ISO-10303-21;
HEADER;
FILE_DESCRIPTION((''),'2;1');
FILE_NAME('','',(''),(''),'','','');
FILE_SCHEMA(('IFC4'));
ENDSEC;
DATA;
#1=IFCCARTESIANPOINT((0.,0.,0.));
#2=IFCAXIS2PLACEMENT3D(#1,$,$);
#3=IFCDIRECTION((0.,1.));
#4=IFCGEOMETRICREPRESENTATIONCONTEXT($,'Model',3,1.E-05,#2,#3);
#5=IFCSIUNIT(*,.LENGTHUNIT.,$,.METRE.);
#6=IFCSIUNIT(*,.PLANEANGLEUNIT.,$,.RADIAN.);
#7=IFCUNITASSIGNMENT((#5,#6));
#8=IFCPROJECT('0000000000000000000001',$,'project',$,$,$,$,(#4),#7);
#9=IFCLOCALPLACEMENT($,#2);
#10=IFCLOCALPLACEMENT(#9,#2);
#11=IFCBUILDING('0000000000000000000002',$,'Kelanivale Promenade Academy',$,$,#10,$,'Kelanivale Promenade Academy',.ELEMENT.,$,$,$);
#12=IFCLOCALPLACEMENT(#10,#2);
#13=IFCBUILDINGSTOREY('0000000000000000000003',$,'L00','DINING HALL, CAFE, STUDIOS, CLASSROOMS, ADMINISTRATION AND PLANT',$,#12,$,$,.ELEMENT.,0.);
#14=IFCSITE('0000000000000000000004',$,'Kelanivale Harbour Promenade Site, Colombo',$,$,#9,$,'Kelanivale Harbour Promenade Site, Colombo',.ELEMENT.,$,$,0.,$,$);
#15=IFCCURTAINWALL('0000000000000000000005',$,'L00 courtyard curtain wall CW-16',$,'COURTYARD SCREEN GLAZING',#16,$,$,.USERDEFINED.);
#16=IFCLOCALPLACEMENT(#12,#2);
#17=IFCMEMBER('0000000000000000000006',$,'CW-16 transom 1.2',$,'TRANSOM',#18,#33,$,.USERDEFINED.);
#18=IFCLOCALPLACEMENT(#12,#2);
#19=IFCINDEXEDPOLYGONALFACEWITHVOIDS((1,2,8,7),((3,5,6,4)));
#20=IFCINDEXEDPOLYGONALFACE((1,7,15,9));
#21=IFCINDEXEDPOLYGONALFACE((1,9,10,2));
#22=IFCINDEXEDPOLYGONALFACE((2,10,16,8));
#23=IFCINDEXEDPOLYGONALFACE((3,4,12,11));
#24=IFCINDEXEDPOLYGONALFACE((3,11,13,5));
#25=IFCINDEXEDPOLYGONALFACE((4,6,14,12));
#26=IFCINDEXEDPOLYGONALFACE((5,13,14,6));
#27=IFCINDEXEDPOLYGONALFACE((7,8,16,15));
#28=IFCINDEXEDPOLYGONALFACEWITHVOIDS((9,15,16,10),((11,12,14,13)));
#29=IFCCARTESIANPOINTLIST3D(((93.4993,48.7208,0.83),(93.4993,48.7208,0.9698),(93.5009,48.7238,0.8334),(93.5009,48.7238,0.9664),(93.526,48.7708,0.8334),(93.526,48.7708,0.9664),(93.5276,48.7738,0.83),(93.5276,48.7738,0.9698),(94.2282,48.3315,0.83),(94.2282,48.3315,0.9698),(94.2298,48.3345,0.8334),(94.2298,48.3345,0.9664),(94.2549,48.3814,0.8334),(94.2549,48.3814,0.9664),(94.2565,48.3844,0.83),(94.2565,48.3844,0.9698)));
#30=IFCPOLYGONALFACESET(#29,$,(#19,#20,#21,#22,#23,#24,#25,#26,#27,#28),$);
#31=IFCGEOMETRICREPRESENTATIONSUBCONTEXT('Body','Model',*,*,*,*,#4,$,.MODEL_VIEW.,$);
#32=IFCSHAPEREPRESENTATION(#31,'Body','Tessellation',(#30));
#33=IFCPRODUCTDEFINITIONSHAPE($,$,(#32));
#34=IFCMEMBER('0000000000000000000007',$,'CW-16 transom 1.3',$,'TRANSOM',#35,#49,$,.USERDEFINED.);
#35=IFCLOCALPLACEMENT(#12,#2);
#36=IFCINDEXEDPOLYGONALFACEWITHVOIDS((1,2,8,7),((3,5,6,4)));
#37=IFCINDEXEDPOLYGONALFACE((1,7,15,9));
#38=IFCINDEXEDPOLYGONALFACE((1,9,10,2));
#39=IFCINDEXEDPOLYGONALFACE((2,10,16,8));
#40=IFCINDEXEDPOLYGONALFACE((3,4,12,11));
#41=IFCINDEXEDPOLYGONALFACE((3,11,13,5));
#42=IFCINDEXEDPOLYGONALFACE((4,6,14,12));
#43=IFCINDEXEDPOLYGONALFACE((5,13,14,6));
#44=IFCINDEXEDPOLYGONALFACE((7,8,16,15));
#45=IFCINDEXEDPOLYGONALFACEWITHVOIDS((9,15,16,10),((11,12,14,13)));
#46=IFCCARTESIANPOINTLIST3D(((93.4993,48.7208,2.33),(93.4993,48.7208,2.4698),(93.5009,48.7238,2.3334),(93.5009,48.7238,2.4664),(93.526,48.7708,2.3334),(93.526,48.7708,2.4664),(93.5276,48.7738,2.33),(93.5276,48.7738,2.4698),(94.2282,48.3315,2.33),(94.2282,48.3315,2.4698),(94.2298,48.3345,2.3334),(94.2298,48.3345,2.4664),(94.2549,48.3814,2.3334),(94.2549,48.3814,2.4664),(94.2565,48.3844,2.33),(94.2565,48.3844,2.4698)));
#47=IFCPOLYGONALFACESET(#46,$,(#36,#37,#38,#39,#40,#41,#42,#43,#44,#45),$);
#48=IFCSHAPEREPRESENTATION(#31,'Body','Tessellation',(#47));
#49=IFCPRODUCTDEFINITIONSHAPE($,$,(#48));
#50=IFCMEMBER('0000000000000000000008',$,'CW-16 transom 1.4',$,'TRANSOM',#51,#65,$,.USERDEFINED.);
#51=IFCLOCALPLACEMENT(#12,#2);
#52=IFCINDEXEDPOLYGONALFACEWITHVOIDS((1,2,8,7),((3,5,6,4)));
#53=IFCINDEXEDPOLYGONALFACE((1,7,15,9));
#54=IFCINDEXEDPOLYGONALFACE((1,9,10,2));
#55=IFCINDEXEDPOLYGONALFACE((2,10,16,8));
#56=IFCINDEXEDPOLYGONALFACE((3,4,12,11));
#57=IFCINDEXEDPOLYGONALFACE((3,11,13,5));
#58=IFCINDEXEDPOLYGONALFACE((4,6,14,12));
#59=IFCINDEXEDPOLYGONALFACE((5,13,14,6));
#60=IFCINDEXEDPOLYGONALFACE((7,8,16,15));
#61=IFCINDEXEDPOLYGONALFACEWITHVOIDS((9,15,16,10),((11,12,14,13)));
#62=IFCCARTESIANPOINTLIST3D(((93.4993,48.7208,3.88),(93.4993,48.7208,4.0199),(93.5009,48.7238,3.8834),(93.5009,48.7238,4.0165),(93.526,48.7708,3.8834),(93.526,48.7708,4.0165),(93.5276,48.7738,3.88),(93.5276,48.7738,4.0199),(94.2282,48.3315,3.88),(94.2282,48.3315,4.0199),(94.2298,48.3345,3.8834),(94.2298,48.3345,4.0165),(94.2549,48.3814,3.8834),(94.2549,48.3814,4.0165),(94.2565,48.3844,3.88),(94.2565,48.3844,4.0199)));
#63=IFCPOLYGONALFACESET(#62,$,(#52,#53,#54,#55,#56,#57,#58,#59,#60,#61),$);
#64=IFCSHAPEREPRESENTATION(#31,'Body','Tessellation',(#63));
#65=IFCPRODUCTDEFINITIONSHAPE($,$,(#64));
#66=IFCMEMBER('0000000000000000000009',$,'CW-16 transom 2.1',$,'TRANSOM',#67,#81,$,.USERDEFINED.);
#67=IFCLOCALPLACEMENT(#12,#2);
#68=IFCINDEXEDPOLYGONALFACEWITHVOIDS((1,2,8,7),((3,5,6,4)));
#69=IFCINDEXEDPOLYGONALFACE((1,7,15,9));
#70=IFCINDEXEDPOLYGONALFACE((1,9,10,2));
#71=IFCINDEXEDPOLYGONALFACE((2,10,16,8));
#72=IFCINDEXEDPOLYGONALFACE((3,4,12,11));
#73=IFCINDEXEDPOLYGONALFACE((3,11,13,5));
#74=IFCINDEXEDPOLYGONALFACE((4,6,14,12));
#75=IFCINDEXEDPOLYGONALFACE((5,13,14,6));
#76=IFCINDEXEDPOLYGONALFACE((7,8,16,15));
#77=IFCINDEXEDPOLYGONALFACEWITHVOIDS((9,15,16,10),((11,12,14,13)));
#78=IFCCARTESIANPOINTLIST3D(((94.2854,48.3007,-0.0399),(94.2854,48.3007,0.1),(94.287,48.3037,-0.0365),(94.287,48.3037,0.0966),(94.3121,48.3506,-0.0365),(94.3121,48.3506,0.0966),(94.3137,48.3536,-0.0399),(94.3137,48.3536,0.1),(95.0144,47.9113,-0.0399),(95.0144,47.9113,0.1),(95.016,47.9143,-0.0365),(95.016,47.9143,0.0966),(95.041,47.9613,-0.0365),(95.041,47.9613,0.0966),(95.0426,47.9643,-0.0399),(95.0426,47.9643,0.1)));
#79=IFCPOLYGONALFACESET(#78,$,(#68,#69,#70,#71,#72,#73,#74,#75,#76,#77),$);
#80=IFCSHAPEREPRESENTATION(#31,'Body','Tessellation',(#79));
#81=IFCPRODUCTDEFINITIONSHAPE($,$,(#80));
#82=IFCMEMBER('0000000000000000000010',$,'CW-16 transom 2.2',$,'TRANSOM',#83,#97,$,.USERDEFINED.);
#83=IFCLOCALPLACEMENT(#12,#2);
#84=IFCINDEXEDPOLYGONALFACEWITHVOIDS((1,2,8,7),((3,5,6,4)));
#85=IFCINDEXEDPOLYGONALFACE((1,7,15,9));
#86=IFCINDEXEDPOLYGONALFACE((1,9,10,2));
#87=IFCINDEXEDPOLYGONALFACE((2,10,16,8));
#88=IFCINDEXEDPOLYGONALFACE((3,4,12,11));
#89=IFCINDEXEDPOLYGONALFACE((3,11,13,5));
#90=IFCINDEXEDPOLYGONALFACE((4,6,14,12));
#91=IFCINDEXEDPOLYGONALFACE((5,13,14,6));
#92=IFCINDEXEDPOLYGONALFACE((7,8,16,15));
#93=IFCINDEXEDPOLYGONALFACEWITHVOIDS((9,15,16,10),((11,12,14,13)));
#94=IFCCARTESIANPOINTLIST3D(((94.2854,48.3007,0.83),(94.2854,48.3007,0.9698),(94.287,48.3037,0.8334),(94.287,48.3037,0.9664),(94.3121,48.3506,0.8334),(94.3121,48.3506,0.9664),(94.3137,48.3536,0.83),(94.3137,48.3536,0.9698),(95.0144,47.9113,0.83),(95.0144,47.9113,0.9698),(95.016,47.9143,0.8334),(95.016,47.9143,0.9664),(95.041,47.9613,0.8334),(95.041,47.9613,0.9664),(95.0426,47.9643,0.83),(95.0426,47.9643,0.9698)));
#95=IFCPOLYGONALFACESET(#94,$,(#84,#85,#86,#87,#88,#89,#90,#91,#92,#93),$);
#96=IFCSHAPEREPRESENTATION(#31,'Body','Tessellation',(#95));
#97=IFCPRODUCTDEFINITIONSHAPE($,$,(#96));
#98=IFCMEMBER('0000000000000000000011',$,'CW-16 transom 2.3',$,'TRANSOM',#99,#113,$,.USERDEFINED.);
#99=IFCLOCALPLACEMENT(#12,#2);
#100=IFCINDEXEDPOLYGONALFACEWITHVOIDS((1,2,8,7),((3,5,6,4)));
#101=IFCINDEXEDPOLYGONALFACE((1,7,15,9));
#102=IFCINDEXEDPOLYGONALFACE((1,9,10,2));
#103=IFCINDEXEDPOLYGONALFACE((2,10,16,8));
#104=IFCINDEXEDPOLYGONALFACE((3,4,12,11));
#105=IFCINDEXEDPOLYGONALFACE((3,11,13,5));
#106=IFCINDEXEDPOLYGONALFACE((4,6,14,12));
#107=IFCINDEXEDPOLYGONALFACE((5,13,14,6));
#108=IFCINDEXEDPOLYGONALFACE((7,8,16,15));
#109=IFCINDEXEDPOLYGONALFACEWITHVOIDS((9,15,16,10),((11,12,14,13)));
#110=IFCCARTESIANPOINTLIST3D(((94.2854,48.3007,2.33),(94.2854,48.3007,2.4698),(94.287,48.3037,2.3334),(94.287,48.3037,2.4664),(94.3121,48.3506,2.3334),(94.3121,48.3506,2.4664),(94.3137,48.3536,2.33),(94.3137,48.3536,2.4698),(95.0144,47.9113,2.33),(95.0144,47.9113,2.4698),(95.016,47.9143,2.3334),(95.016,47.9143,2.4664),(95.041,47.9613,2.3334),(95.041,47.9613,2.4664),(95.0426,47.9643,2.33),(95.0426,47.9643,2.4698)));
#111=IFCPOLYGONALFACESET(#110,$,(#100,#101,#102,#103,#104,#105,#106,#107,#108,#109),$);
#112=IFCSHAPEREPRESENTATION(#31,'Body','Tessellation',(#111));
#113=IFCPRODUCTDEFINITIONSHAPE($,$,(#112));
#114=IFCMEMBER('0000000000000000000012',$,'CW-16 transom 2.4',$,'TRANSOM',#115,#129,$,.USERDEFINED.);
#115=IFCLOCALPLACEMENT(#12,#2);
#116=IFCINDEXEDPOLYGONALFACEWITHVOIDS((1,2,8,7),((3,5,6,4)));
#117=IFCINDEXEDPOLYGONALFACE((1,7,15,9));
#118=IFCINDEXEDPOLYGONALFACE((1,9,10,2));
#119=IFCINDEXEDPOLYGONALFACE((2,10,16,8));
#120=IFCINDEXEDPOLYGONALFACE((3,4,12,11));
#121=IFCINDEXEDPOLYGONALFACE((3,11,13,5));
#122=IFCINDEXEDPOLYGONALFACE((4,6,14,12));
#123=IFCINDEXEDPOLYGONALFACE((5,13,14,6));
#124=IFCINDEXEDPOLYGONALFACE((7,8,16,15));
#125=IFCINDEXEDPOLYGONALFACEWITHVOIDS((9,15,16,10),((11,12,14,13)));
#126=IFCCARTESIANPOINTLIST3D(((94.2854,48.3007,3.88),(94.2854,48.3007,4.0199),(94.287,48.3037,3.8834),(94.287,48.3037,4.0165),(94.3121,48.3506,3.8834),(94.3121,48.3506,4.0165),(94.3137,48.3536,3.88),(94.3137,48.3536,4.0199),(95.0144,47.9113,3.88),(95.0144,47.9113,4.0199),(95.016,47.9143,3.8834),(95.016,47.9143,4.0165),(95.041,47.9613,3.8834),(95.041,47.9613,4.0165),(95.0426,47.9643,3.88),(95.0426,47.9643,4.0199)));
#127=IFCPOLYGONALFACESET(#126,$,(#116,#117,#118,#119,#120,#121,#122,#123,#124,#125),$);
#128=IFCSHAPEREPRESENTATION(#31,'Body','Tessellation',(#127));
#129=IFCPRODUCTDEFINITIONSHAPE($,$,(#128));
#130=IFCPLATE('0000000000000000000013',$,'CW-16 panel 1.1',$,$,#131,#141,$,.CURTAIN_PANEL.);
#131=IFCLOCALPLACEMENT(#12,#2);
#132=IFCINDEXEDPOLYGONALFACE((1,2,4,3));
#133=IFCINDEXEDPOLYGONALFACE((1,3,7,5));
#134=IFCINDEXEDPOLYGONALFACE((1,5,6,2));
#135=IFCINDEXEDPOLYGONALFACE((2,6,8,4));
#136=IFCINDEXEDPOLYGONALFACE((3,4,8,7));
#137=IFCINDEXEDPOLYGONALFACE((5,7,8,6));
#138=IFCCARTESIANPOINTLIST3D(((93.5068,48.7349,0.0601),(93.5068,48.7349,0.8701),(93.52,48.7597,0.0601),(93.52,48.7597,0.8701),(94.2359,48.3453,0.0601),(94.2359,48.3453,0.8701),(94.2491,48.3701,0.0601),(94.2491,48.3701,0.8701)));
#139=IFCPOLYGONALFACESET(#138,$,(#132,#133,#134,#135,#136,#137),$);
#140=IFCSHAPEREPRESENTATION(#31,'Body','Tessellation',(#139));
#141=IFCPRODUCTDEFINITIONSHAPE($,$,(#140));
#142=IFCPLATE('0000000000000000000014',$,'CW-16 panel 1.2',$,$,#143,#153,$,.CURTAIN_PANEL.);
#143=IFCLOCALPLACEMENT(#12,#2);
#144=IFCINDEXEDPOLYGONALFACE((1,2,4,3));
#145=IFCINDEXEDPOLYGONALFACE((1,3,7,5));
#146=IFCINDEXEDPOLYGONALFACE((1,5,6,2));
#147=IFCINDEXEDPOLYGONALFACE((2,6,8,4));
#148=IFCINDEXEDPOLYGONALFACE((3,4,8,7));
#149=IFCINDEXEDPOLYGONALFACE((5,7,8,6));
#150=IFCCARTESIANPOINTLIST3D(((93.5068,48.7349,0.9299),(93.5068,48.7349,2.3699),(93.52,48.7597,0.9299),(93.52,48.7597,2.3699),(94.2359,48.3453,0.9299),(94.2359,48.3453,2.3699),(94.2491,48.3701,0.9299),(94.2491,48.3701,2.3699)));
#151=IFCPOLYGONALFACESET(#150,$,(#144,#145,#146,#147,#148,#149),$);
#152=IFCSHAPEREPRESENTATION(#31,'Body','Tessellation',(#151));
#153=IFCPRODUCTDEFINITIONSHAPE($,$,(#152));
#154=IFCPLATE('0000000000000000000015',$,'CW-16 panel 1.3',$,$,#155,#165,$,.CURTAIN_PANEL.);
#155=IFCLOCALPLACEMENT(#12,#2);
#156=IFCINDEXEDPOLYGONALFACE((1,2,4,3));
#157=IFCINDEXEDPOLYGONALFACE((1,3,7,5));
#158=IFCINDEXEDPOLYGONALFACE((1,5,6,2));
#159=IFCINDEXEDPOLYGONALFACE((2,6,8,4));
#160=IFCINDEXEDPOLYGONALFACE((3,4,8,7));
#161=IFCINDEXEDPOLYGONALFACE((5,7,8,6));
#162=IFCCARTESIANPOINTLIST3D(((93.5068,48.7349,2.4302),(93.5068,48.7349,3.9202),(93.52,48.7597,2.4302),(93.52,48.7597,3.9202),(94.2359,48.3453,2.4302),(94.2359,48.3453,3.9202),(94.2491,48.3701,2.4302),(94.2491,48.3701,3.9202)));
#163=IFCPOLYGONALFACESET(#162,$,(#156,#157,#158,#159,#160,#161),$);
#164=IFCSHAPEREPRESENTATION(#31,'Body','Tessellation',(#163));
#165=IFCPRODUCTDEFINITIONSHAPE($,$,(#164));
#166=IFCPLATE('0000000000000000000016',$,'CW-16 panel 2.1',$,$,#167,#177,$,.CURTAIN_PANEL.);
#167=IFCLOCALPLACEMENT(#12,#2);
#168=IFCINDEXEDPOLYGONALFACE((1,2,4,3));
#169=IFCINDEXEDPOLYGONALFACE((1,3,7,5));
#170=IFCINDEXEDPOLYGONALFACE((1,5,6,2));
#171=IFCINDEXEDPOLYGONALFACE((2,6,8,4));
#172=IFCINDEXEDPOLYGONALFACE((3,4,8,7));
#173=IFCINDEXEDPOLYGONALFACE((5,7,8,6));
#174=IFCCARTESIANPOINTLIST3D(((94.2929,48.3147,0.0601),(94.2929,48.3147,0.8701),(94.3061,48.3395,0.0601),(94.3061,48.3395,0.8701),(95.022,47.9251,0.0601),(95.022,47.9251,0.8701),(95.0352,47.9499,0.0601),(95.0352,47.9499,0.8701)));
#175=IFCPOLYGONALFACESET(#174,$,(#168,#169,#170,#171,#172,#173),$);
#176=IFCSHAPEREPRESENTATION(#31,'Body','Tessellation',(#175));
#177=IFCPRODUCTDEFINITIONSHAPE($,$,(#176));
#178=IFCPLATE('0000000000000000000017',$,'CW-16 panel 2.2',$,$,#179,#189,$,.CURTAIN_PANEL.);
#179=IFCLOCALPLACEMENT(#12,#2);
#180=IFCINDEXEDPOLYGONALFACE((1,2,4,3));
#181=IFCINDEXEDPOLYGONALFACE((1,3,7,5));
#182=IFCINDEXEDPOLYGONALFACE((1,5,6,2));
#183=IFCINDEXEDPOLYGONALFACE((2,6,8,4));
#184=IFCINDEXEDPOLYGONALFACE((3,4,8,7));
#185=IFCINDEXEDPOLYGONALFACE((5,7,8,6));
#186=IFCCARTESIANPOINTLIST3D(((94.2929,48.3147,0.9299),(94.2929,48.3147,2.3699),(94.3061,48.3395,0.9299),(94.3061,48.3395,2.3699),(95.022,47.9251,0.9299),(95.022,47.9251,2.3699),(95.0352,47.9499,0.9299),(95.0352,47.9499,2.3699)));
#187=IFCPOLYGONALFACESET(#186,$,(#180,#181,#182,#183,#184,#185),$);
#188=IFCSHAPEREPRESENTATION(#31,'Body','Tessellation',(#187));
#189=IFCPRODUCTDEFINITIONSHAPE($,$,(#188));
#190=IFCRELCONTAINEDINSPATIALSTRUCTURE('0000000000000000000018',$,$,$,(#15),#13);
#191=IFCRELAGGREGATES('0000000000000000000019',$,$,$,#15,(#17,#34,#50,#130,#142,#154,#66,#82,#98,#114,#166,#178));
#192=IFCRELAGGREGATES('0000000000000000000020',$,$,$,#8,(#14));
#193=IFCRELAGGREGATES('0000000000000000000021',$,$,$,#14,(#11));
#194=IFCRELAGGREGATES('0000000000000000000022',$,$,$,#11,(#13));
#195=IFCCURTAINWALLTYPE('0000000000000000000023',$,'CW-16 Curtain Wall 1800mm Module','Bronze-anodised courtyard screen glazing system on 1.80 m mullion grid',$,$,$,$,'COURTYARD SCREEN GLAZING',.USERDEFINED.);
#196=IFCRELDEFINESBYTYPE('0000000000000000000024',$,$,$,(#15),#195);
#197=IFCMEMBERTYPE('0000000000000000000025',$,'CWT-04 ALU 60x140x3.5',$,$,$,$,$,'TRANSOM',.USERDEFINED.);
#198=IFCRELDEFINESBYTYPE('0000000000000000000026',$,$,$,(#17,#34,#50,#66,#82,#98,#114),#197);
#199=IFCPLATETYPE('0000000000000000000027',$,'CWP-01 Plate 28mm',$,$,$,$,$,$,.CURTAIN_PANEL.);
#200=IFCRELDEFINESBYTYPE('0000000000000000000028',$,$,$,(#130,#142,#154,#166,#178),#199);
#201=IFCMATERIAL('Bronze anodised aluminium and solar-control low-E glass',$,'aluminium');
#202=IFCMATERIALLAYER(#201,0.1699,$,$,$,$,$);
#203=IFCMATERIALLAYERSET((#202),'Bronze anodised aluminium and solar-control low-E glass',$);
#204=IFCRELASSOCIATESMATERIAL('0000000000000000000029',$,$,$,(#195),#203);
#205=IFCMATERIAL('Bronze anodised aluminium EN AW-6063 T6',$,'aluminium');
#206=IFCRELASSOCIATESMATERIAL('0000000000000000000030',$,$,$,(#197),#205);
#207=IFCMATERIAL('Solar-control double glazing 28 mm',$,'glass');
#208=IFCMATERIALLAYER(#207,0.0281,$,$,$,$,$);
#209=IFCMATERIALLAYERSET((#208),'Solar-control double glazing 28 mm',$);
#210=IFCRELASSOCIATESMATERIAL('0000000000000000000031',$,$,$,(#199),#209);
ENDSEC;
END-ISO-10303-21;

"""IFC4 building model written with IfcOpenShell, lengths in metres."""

from ifc_helpers import new_model, si_unit, direction, frame, origin, origin_2d, place, context, subcontext, project, spatial, rectangle, hollow_rectangle, extrude, material, layer, layer_set, material_profile, profile_set, type_object, element, aggregate, save


model = new_model("IFC4")

# Units and contexts
model_context = context("Model", 3, precision=1e-05, world=origin(), true_north=direction((0.0, 1.0)))
body_context = subcontext(model_context, "Body", "Model", "MODEL_VIEW")
ifc_project = project(units=[si_unit("LENGTHUNIT", "METRE"), si_unit("PLANEANGLEUNIT", "RADIAN")], contexts=[model_context])

# Site, building, storey
site_placement = place(None, origin())
site = spatial("IfcSite", under=ifc_project, at=site_placement, Name="Kelanivale Harbour Promenade Site, Colombo", LongName="Kelanivale Harbour Promenade Site, Colombo", CompositionType="ELEMENT", RefElevation=0.0)
building_placement = place(site_placement, origin())
building = spatial("IfcBuilding", under=site, at=building_placement, Name="Kelanivale Promenade Academy", LongName="Kelanivale Promenade Academy", CompositionType="ELEMENT")
storey_placement = place(building_placement, origin())
storey = spatial("IfcBuildingStorey", under=building, at=storey_placement, Name="L00", Description="DINING HALL, CAFE, STUDIOS, CLASSROOMS, ADMINISTRATION AND PLANT", CompositionType="ELEMENT", Elevation=0.0)

# Shared definitions
ifc_material_1 = material(Name="Bronze anodised aluminium and solar-control low-E glass", Category="aluminium")
ifc_material_2 = material(Name="Bronze anodised aluminium EN AW-6063 T6", Category="aluminium")

# Curtain wall, members, plates
ifc_layer_1 = layer(ifc_material_1, 0.1699)
ifc_layer_set_1 = layer_set([ifc_layer_1], Name="Bronze anodised aluminium and solar-control low-E glass")
curtain_wall_type_1 = type_object("IfcCurtainWallType", Name="CW-16 Curtain Wall 1800mm Module", Description="Bronze-anodised courtyard screen glazing system on 1.80 m mullion grid", ElementType="COURTYARD SCREEN GLAZING", PredefinedType="USERDEFINED", material=ifc_layer_set_1)
curtain_wall_1_placement = place(storey_placement, origin())
curtain_wall_1 = element("IfcCurtainWall", 1, at=curtain_wall_1_placement, inside=storey, type_object=curtain_wall_type_1, Name="L00 courtyard curtain wall CW-16", ObjectType="COURTYARD SCREEN GLAZING", PredefinedType="USERDEFINED")
ifc_material_profile_1 = material_profile(ifc_material_2, hollow_rectangle(XDim=0.0601, YDim=0.1399, WallThickness=0.0034, at=origin_2d()), Name="ALU 60x140x3.5")
ifc_profile_set_1 = profile_set([ifc_material_profile_1], Name="Bronze anodised aluminium EN AW-6063 T6")
member_type_1 = type_object("IfcMemberType", Name="CWT-04 ALU 60x140x3.5", ElementType="TRANSOM", PredefinedType="USERDEFINED", material=ifc_profile_set_1)
member_1_placement = place(storey_placement, frame((93.5134, 48.7473, 0.8999), z_axis=(0.88205, -0.471155, 0.0), x_axis=(0.471155, 0.88205, 0.0)))
member_1 = element("IfcMember", 2, at=member_1_placement, type_object=member_type_1, Name="CW-16 transom 1.2", ObjectType="TRANSOM", PredefinedType="USERDEFINED", context=body_context, shape_type="SweptSolid", body=[
    extrude(hollow_rectangle(XDim=0.0601, YDim=0.1399, WallThickness=0.0034, at=origin_2d()), origin(), (0.0, 0.0, 1.0), 0.8264),
])
member_2_placement = place(storey_placement, frame((93.5134, 48.7473, 2.3999), z_axis=(0.88205, -0.471155, 0.0), x_axis=(0.471155, 0.88205, 0.0)))
member_2 = element("IfcMember", 3, at=member_2_placement, type_object=member_type_1, Name="CW-16 transom 1.3", ObjectType="TRANSOM", PredefinedType="USERDEFINED", context=body_context, shape_type="SweptSolid", body=[
    extrude(hollow_rectangle(XDim=0.0601, YDim=0.1399, WallThickness=0.0034, at=origin_2d()), origin(), (0.0, 0.0, 1.0), 0.8264),
])
member_3_placement = place(storey_placement, frame((93.5134, 48.7473, 3.95), z_axis=(0.88205, -0.471155, 0.0), x_axis=(0.471155, 0.88205, 0.0)))
member_3 = element("IfcMember", 4, at=member_3_placement, type_object=member_type_1, Name="CW-16 transom 1.4", ObjectType="TRANSOM", PredefinedType="USERDEFINED", context=body_context, shape_type="SweptSolid", body=[
    extrude(hollow_rectangle(XDim=0.0601, YDim=0.1399, WallThickness=0.0034, at=origin_2d()), origin(), (0.0, 0.0, 1.0), 0.8264),
])
member_4_placement = place(storey_placement, frame((94.2996, 48.3271, 0.03), z_axis=(0.88205, -0.471155, 0.0), x_axis=(0.471155, 0.88205, 0.0)))
member_4 = element("IfcMember", 5, at=member_4_placement, type_object=member_type_1, Name="CW-16 transom 2.1", ObjectType="TRANSOM", PredefinedType="USERDEFINED", context=body_context, shape_type="SweptSolid", body=[
    extrude(hollow_rectangle(XDim=0.0601, YDim=0.1399, WallThickness=0.0034, at=origin_2d()), origin(), (0.0, 0.0, 1.0), 0.8264),
])
member_5_placement = place(storey_placement, frame((94.2996, 48.3271, 0.8999), z_axis=(0.88205, -0.471155, 0.0), x_axis=(0.471155, 0.88205, 0.0)))
member_5 = element("IfcMember", 6, at=member_5_placement, type_object=member_type_1, Name="CW-16 transom 2.2", ObjectType="TRANSOM", PredefinedType="USERDEFINED", context=body_context, shape_type="SweptSolid", body=[
    extrude(hollow_rectangle(XDim=0.0601, YDim=0.1399, WallThickness=0.0034, at=origin_2d()), origin(), (0.0, 0.0, 1.0), 0.8264),
])
member_6_placement = place(storey_placement, frame((94.2996, 48.3271, 2.3999), z_axis=(0.88205, -0.471155, 0.0), x_axis=(0.471155, 0.88205, 0.0)))
member_6 = element("IfcMember", 7, at=member_6_placement, type_object=member_type_1, Name="CW-16 transom 2.3", ObjectType="TRANSOM", PredefinedType="USERDEFINED", context=body_context, shape_type="SweptSolid", body=[
    extrude(hollow_rectangle(XDim=0.0601, YDim=0.1399, WallThickness=0.0034, at=origin_2d()), origin(), (0.0, 0.0, 1.0), 0.8264),
])
member_7_placement = place(storey_placement, frame((94.2996, 48.3271, 3.95), z_axis=(0.88205, -0.471155, 0.0), x_axis=(0.471155, 0.88205, 0.0)))
member_7 = element("IfcMember", 8, at=member_7_placement, type_object=member_type_1, Name="CW-16 transom 2.4", ObjectType="TRANSOM", PredefinedType="USERDEFINED", context=body_context, shape_type="SweptSolid", body=[
    extrude(hollow_rectangle(XDim=0.0601, YDim=0.1399, WallThickness=0.0034, at=origin_2d()), origin(), (0.0, 0.0, 1.0), 0.8264),
])
ifc_material_3 = material(Name="Solar-control double glazing 28 mm", Category="glass")
ifc_layer_2 = layer(ifc_material_3, 0.0281)
ifc_layer_set_2 = layer_set([ifc_layer_2], Name="Solar-control double glazing 28 mm")
plate_type = type_object("IfcPlateType", Name="CWP-01 Plate 28mm", PredefinedType="CURTAIN_PANEL", material=ifc_layer_set_2)
plate_1_placement = place(storey_placement, frame((93.8779, 48.5525, 0.0601), z_axis=(0.0, 0.0, 1.0), x_axis=(0.881978, -0.47129, 0.0)))
plate_1 = element("IfcPlate", 9, at=plate_1_placement, type_object=plate_type, Name="CW-16 panel 1.1", PredefinedType="CURTAIN_PANEL", context=body_context, shape_type="SweptSolid", body=[
    extrude(rectangle(XDim=0.8267, YDim=0.0281, at=origin_2d()), origin(), (0.0, 0.0, 1.0), 0.8101),
])
plate_2_placement = place(storey_placement, frame((93.8779, 48.5525, 0.9299), z_axis=(0.0, 0.0, 1.0), x_axis=(0.881978, -0.47129, 0.0)))
plate_2 = element("IfcPlate", 10, at=plate_2_placement, type_object=plate_type, Name="CW-16 panel 1.2", PredefinedType="CURTAIN_PANEL", context=body_context, shape_type="SweptSolid", body=[
    extrude(rectangle(XDim=0.8267, YDim=0.0281, at=origin_2d()), origin(), (0.0, 0.0, 1.0), 1.4399),
])
plate_3_placement = place(storey_placement, frame((93.8779, 48.5525, 2.4302), z_axis=(0.0, 0.0, 1.0), x_axis=(0.881978, -0.47129, 0.0)))
plate_3 = element("IfcPlate", 11, at=plate_3_placement, type_object=plate_type, Name="CW-16 panel 1.3", PredefinedType="CURTAIN_PANEL", context=body_context, shape_type="SweptSolid", body=[
    extrude(rectangle(XDim=0.8267, YDim=0.0281, at=origin_2d()), origin(), (0.0, 0.0, 1.0), 1.49),
])
plate_4_placement = place(storey_placement, frame((94.6641, 48.1323, 0.0601), z_axis=(0.0, 0.0, 1.0), x_axis=(0.881978, -0.47129, 0.0)))
plate_4 = element("IfcPlate", 12, at=plate_4_placement, type_object=plate_type, Name="CW-16 panel 2.1", PredefinedType="CURTAIN_PANEL", context=body_context, shape_type="SweptSolid", body=[
    extrude(rectangle(XDim=0.8267, YDim=0.0281, at=origin_2d()), origin(), (0.0, 0.0, 1.0), 0.8101),
])
plate_5_placement = place(storey_placement, frame((94.6641, 48.1323, 0.9299), z_axis=(0.0, 0.0, 1.0), x_axis=(0.881978, -0.47129, 0.0)))
plate_5 = element("IfcPlate", 13, at=plate_5_placement, type_object=plate_type, Name="CW-16 panel 2.2", PredefinedType="CURTAIN_PANEL", context=body_context, shape_type="SweptSolid", body=[
    extrude(rectangle(XDim=0.8267, YDim=0.0281, at=origin_2d()), origin(), (0.0, 0.0, 1.0), 1.4399),
])
aggregate(curtain_wall_1, [member_1, member_2, member_3, plate_1, plate_2, plate_3, member_4, member_5, member_6, member_7, plate_4, plate_5])

save(model, "model.ifc")
